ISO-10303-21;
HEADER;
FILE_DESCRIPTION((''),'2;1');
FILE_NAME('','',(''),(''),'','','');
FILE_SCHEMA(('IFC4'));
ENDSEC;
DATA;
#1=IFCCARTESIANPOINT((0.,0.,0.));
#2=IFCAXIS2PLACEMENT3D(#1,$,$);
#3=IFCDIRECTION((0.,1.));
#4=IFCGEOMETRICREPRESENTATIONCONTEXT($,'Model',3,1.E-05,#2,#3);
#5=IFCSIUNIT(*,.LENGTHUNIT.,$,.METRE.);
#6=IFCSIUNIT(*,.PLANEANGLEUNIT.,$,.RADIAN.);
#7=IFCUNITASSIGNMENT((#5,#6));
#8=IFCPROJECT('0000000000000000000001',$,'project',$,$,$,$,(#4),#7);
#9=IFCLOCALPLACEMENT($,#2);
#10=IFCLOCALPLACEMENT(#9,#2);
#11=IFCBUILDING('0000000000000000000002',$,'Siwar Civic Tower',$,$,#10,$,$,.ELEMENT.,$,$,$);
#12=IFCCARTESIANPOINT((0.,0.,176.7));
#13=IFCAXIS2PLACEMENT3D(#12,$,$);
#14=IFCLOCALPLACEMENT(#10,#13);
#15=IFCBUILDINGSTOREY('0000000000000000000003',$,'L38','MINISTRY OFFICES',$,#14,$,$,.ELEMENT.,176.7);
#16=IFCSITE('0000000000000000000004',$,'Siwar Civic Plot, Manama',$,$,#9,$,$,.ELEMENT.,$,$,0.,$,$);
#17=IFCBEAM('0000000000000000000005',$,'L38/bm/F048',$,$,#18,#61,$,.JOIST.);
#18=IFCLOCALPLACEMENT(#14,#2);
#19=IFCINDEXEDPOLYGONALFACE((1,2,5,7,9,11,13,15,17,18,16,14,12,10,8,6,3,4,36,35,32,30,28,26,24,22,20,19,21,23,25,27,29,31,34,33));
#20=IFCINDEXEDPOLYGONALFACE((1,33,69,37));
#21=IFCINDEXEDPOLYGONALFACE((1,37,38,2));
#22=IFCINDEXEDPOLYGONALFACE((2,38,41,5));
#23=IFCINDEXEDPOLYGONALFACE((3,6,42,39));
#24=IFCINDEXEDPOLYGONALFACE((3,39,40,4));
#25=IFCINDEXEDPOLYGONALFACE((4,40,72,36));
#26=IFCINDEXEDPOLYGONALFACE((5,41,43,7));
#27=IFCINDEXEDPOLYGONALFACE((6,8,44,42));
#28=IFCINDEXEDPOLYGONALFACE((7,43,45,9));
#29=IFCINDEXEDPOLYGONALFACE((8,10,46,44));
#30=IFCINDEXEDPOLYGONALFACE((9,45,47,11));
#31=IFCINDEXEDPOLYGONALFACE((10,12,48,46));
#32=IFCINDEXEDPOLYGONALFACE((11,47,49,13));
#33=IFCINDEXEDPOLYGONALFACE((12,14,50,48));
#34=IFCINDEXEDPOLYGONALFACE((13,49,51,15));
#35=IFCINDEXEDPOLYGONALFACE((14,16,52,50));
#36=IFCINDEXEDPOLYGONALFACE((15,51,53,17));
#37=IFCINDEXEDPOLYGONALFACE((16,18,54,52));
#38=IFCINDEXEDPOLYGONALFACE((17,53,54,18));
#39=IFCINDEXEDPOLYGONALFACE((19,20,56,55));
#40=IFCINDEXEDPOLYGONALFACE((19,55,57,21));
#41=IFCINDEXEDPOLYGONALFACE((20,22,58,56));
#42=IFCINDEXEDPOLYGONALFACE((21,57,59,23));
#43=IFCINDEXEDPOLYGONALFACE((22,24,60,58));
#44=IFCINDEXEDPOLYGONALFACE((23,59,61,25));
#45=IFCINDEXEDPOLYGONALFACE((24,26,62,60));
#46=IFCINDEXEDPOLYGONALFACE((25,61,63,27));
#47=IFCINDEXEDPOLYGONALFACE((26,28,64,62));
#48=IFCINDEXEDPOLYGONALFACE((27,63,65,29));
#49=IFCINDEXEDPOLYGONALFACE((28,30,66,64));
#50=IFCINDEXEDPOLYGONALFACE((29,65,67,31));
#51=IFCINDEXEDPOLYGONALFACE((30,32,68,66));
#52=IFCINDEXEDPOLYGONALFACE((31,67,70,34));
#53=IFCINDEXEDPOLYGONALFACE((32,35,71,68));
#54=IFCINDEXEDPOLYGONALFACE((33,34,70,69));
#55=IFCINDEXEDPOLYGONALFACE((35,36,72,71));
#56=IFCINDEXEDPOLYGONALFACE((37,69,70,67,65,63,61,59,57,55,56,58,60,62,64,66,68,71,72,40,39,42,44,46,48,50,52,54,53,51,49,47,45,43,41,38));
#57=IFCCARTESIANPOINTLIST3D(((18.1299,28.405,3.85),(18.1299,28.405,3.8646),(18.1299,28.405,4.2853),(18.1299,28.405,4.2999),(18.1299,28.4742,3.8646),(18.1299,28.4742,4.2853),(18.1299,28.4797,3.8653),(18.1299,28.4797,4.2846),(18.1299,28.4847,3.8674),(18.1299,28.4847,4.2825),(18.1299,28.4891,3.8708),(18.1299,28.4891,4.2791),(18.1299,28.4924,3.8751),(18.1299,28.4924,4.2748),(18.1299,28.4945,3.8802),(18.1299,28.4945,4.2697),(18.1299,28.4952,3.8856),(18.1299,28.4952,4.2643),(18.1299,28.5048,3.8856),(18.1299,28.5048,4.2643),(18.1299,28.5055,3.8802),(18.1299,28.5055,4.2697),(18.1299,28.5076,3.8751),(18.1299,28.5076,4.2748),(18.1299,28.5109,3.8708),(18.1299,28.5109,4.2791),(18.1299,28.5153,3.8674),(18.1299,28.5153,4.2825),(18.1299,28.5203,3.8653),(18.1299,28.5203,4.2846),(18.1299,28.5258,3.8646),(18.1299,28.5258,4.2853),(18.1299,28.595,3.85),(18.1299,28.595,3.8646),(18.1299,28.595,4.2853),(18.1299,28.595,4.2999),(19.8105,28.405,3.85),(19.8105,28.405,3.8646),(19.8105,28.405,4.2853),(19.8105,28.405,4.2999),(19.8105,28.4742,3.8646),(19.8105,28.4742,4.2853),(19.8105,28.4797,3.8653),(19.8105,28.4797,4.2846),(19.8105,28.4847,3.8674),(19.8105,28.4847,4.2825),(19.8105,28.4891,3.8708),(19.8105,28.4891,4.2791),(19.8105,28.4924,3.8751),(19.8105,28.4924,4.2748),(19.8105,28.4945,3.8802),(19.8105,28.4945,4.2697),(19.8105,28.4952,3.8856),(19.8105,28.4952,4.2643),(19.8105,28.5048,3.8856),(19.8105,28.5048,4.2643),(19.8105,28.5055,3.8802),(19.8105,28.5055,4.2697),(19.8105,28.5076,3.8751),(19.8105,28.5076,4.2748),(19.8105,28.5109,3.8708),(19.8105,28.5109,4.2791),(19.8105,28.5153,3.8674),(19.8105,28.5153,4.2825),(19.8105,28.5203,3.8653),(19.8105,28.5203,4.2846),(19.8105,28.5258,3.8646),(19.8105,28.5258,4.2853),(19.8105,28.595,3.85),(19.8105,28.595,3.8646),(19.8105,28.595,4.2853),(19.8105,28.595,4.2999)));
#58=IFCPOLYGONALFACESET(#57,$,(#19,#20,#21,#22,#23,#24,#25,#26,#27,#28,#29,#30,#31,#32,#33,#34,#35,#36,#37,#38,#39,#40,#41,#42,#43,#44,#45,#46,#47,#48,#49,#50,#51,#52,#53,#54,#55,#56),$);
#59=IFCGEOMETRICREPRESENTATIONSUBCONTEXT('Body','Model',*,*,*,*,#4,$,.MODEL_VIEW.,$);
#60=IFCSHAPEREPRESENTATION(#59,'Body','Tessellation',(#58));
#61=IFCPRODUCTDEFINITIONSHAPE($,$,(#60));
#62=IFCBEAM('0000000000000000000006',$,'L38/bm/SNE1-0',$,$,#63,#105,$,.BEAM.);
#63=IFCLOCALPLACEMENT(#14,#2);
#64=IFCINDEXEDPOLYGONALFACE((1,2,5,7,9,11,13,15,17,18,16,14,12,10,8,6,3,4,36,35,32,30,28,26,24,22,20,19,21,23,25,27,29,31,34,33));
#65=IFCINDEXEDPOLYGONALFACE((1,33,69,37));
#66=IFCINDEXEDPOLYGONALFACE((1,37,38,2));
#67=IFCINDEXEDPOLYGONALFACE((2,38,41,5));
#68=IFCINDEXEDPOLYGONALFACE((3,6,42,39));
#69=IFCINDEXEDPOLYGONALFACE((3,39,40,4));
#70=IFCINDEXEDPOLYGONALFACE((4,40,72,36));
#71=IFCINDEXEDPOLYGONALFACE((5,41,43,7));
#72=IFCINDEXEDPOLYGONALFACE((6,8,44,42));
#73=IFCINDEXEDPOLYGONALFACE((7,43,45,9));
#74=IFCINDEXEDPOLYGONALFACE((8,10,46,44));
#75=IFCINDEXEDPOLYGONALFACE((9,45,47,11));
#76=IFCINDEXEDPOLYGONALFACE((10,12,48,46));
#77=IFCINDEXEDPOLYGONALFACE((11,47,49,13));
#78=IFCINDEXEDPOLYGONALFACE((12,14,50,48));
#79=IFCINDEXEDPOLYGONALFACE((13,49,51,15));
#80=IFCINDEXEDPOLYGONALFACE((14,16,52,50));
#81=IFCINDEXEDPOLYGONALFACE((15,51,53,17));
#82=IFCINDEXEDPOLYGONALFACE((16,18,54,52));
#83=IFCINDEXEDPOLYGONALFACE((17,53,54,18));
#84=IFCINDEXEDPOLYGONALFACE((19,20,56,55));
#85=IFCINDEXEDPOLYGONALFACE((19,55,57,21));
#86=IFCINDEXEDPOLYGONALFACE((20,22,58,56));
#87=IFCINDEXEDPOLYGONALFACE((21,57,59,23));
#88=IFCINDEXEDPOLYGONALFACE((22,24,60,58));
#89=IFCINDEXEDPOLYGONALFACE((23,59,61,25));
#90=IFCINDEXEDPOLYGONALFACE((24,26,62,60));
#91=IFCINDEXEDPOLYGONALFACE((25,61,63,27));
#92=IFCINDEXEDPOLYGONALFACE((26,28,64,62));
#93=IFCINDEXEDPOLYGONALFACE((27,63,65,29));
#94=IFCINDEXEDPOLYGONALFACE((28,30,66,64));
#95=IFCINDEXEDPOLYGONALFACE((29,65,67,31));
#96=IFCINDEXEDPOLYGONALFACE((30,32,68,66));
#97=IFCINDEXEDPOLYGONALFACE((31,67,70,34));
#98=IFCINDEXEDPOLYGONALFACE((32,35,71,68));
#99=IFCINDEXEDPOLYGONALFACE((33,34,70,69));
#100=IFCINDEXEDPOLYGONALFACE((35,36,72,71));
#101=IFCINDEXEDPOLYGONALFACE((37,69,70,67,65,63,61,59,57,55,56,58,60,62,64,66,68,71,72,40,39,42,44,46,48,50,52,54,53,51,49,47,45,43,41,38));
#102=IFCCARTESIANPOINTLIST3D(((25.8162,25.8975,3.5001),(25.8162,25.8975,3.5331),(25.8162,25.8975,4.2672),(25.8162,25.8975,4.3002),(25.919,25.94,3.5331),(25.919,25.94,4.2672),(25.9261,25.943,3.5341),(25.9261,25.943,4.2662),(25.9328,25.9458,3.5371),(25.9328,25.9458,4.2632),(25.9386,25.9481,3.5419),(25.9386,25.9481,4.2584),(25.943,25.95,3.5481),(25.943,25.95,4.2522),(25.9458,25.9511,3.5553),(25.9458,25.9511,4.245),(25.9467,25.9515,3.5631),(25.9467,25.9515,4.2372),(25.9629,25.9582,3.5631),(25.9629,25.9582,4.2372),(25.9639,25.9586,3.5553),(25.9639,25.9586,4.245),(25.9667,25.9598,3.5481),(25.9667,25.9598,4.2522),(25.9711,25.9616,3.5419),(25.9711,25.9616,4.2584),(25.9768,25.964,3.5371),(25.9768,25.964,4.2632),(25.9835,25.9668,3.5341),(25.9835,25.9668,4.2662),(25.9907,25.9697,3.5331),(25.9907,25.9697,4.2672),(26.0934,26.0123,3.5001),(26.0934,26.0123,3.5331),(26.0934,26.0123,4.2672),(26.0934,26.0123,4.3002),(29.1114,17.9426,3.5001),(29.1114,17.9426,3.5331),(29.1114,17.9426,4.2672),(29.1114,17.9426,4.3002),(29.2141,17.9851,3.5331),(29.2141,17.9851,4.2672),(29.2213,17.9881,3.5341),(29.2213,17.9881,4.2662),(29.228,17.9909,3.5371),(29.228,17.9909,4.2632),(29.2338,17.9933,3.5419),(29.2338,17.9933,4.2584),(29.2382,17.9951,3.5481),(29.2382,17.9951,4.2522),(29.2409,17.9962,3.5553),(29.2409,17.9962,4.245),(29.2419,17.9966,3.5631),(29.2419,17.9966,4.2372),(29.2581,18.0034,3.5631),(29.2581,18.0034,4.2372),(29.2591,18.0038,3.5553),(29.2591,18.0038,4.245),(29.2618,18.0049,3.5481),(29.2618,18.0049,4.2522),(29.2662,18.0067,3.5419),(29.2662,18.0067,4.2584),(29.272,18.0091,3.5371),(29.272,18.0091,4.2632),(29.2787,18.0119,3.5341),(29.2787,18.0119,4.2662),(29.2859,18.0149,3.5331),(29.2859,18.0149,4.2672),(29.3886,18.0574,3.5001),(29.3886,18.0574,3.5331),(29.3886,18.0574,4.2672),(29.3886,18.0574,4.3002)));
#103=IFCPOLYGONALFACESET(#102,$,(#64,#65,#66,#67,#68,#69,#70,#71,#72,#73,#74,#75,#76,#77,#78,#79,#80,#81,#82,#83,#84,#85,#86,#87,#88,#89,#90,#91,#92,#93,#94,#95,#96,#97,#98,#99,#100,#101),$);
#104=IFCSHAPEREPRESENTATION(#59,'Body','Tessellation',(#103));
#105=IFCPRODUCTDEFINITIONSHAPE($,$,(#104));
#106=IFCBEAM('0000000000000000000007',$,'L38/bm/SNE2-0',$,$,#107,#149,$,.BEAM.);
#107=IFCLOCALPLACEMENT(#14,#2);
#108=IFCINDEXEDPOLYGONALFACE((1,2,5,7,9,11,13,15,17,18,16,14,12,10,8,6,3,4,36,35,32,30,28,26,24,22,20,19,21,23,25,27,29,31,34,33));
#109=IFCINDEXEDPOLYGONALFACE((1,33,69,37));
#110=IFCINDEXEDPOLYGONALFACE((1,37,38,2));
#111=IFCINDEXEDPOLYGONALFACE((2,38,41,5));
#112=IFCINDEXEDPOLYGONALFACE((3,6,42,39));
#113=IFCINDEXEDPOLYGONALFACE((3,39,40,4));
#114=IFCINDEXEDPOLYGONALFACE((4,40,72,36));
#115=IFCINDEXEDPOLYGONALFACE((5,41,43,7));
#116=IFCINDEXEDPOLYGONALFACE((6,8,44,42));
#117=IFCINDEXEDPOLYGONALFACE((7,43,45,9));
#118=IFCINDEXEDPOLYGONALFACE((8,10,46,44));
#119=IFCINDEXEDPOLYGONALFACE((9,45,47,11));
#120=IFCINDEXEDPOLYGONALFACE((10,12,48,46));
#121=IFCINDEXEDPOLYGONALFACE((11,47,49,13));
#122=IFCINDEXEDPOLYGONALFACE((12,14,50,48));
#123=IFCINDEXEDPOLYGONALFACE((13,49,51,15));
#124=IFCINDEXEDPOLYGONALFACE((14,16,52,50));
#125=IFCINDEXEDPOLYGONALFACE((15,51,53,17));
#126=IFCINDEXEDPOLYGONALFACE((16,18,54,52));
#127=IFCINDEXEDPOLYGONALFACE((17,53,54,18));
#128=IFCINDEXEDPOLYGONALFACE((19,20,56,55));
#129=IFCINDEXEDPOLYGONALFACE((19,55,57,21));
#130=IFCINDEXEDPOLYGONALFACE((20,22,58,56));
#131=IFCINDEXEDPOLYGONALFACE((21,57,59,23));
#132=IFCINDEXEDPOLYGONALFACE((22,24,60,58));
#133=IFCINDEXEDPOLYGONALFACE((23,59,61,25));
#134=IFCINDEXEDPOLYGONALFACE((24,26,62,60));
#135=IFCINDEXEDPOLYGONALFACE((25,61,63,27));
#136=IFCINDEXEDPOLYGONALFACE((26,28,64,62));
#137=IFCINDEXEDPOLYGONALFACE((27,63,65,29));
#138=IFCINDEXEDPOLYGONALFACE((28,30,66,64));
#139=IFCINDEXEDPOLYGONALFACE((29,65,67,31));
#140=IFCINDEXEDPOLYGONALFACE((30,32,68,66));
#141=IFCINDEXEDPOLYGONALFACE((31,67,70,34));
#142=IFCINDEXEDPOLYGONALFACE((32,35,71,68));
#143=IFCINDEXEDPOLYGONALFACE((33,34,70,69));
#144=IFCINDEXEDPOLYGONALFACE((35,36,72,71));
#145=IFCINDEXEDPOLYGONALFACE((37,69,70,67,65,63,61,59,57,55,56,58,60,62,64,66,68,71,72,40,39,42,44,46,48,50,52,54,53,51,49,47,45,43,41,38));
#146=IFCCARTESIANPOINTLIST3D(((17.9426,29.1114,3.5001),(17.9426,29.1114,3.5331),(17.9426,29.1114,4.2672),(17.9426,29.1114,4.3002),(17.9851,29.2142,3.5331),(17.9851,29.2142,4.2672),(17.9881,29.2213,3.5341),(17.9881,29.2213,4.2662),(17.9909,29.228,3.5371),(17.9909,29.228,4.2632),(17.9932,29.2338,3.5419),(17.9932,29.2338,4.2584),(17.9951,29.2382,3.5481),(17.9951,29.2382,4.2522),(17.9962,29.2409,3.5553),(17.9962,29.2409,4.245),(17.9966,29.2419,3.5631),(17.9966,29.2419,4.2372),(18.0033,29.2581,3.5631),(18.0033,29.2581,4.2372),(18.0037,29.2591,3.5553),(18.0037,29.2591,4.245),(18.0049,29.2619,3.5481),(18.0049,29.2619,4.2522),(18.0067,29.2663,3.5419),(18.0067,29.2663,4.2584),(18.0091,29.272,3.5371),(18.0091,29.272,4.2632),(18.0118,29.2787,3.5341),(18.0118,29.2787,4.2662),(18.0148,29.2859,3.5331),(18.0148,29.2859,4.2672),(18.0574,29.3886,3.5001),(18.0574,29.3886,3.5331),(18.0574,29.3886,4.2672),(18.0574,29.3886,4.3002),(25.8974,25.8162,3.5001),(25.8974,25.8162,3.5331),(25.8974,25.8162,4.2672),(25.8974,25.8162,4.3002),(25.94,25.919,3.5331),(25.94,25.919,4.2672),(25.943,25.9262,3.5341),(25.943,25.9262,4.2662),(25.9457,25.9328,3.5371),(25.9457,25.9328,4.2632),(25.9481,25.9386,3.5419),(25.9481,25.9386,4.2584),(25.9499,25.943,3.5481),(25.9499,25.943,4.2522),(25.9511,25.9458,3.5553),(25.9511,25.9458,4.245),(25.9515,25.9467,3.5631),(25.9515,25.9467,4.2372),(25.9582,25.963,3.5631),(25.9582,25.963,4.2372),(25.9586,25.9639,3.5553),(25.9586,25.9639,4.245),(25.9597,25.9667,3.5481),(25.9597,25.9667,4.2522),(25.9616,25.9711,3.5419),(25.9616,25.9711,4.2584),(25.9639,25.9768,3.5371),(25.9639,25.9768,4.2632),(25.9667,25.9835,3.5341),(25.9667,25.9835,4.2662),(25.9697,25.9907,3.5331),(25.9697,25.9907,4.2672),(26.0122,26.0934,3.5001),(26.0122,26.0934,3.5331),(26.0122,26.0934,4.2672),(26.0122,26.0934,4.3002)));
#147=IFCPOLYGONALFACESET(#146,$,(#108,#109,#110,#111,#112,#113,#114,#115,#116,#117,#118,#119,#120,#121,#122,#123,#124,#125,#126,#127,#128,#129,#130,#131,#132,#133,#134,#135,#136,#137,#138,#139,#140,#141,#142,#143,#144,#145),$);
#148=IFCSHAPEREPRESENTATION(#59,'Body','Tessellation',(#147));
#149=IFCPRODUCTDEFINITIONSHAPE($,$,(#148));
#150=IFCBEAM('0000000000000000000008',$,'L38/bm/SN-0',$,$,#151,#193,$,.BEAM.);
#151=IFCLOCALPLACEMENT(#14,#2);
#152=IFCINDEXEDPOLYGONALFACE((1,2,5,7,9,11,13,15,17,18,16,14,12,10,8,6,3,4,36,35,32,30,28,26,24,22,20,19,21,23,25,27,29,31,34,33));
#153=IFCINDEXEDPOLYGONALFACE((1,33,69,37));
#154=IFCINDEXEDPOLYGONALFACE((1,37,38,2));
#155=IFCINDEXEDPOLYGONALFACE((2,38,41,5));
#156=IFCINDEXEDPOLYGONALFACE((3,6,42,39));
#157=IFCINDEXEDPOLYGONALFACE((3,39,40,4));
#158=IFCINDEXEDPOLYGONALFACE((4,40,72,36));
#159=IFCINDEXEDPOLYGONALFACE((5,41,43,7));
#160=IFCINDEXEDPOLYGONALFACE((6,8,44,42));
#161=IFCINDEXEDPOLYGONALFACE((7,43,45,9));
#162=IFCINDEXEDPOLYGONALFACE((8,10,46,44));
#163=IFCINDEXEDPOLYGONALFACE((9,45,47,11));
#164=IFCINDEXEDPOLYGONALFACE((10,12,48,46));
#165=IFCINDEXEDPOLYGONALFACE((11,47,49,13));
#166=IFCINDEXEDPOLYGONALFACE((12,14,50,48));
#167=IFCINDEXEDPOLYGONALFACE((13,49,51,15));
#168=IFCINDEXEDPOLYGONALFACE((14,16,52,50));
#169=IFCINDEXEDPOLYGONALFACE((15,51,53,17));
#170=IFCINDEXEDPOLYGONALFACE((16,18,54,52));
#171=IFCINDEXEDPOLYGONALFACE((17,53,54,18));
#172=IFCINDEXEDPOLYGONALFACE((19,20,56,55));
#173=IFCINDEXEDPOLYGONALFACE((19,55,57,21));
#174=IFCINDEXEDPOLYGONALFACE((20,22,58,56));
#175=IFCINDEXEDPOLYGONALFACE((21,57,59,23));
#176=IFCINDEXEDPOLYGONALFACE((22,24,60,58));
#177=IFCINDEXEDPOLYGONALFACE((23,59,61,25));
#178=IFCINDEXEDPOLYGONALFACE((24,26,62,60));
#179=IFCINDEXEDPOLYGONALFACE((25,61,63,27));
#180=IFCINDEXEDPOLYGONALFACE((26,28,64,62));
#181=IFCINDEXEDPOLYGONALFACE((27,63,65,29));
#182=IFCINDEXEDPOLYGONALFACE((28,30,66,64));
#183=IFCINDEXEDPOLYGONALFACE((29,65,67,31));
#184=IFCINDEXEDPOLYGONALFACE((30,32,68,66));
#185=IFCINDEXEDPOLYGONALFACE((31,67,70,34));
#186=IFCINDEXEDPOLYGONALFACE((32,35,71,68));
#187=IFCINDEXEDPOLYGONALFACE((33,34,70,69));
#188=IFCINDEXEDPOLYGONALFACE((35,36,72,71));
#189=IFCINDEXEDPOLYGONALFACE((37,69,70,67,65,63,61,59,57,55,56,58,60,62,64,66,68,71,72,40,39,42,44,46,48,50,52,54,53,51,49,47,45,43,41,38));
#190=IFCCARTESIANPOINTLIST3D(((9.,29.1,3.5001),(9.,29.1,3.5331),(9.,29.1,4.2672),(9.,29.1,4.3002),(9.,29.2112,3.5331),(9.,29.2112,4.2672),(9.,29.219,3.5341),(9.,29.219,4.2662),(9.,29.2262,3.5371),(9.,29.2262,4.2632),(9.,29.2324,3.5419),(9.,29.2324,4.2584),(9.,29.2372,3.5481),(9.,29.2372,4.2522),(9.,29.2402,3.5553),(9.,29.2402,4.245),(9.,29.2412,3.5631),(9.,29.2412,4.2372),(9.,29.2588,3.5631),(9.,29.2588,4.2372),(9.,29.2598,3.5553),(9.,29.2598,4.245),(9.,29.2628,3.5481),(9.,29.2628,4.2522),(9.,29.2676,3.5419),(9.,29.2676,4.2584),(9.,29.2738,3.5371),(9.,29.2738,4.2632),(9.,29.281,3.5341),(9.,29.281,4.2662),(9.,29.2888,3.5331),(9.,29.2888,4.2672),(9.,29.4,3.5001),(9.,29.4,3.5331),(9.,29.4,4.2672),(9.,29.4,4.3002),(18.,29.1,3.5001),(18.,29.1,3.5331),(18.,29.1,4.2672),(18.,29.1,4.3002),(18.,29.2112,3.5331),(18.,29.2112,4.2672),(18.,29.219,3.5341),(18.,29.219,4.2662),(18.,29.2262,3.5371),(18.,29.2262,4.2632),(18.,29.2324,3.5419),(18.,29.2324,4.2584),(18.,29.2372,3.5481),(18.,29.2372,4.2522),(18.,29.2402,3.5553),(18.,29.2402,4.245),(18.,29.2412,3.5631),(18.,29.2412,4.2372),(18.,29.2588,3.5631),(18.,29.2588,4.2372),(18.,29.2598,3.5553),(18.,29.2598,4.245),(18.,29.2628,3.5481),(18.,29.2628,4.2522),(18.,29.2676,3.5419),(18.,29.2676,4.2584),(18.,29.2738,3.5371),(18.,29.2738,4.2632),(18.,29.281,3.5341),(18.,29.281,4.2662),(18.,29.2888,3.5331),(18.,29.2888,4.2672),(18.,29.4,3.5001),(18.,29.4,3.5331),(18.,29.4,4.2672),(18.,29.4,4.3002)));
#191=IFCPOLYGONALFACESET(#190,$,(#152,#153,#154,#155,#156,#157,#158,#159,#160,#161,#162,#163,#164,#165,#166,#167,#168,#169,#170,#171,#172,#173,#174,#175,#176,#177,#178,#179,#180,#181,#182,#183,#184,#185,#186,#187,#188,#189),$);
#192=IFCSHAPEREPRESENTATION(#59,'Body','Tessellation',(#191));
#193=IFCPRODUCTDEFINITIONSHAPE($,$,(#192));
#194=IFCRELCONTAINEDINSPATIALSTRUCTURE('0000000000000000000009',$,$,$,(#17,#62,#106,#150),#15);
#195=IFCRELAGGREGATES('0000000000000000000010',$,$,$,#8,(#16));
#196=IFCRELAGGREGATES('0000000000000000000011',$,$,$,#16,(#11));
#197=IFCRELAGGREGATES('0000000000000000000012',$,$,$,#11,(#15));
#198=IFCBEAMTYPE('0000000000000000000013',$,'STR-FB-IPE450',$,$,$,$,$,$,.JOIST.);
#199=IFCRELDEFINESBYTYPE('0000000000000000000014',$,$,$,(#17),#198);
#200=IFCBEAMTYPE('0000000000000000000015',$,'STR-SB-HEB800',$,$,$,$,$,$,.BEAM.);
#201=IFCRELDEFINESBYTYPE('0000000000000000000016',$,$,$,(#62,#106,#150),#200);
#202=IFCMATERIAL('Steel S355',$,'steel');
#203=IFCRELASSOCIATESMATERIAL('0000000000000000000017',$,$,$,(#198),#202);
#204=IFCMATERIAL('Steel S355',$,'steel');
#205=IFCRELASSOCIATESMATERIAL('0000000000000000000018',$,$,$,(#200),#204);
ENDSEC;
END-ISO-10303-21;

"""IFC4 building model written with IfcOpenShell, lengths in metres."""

from ifc_helpers import new_model, si_unit, direction, frame, origin, origin_2d, place, context, subcontext, project, spatial, i_section, extrude, material, material_profile, profile_set, type_object, element, save


model = new_model("IFC4")

# Units and contexts
model_context = context("Model", 3, precision=1e-05, world=origin(), true_north=direction((0.0, 1.0)))
body_context = subcontext(model_context, "Body", "Model", "MODEL_VIEW")
ifc_project = project(units=[si_unit("LENGTHUNIT", "METRE"), si_unit("PLANEANGLEUNIT", "RADIAN")], contexts=[model_context])

# Site, building, storey
site_placement = place(None, origin())
site = spatial("IfcSite", under=ifc_project, at=site_placement, Name="Siwar Civic Plot, Manama", CompositionType="ELEMENT", RefElevation=0.0)
building_placement = place(site_placement, origin())
building = spatial("IfcBuilding", under=site, at=building_placement, Name="Siwar Civic Tower", CompositionType="ELEMENT")
storey_placement = place(building_placement, frame((0.0, 0.0, 176.7)))
storey = spatial("IfcBuildingStorey", under=building, at=storey_placement, Name="L38", Description="MINISTRY OFFICES", CompositionType="ELEMENT", Elevation=176.7)

# Beams
ifc_material_1 = material(Name="Steel S355", Category="steel")
ifc_material_profile_1 = material_profile(ifc_material_1, i_section(OverallWidth=0.1899, OverallDepth=0.45, WebThickness=0.0095, FlangeThickness=0.0146, FilletRadius=0.021, at=origin_2d()), Name="IPE450")
ifc_profile_set_1 = profile_set([ifc_material_profile_1], Name="Steel S355")
beam_type_1 = type_object("IfcBeamType", Name="STR-FB-IPE450", PredefinedType="JOIST", material=ifc_profile_set_1)
beam_1_placement = place(storey_placement, frame((18.1299, 28.5, 4.075), z_axis=(1.0, 0.0, 0.0), x_axis=(0.0, 1.0, 0.0)))
element("IfcBeam", 1, at=beam_1_placement, inside=storey, type_object=beam_type_1, Name="L38/bm/F048", PredefinedType="JOIST", context=body_context, shape_type="SweptSolid", body=[
    extrude(i_section(OverallWidth=0.1899, OverallDepth=0.45, WebThickness=0.0095, FlangeThickness=0.0146, FilletRadius=0.021, at=origin_2d()), origin(), (0.0, 0.0, 1.0), 1.6807),
])
ifc_material_2 = material(Name="Steel S355", Category="steel")
ifc_material_profile_2 = material_profile(ifc_material_2, i_section(OverallWidth=0.3, OverallDepth=0.8, WebThickness=0.0176, FlangeThickness=0.033, FilletRadius=0.03, at=origin_2d()), Name="HEB800")
ifc_profile_set_2 = profile_set([ifc_material_profile_2], Name="Steel S355")
beam_type_2 = type_object("IfcBeamType", Name="STR-SB-HEB800", PredefinedType="BEAM", material=ifc_profile_set_2)
for number, where, z_axis, x_axis, name in (
    (2, (29.25, 18.0, 3.9001), (-0.3827, 0.923873, 0.0), (-0.923873, -0.3827, 0.0), "L38/bm/SNE1-0"),
    (3, (25.9548, 25.9548, 3.9001), (-0.923873, 0.3827, 0.0), (-0.3827, -0.923873, 0.0), "L38/bm/SNE2-0"),
):
    element("IfcBeam", number, at=place(storey_placement, frame(where, z_axis=z_axis, x_axis=x_axis)), inside=storey, type_object=beam_type_2, Name=name, PredefinedType="BEAM", context=body_context, shape_type="SweptSolid", body=[
        extrude(i_section(OverallWidth=0.3, OverallDepth=0.8, WebThickness=0.0176, FlangeThickness=0.033, FilletRadius=0.03, at=origin_2d()), origin(), (0.0, 0.0, 1.0), 8.6104),
    ])
beam_2_placement = place(storey_placement, frame((18.0, 29.25, 3.9001), z_axis=(-1.0, 0.0, 0.0), x_axis=(0.0, -1.0, 0.0)))
element("IfcBeam", 4, at=beam_2_placement, inside=storey, type_object=beam_type_2, Name="L38/bm/SN-0", PredefinedType="BEAM", context=body_context, shape_type="SweptSolid", body=[
    extrude(i_section(OverallWidth=0.3, OverallDepth=0.8, WebThickness=0.0176, FlangeThickness=0.033, FilletRadius=0.03, at=origin_2d()), origin(), (0.0, 0.0, 1.0), 9.0),
])

save(model, "model.ifc")
